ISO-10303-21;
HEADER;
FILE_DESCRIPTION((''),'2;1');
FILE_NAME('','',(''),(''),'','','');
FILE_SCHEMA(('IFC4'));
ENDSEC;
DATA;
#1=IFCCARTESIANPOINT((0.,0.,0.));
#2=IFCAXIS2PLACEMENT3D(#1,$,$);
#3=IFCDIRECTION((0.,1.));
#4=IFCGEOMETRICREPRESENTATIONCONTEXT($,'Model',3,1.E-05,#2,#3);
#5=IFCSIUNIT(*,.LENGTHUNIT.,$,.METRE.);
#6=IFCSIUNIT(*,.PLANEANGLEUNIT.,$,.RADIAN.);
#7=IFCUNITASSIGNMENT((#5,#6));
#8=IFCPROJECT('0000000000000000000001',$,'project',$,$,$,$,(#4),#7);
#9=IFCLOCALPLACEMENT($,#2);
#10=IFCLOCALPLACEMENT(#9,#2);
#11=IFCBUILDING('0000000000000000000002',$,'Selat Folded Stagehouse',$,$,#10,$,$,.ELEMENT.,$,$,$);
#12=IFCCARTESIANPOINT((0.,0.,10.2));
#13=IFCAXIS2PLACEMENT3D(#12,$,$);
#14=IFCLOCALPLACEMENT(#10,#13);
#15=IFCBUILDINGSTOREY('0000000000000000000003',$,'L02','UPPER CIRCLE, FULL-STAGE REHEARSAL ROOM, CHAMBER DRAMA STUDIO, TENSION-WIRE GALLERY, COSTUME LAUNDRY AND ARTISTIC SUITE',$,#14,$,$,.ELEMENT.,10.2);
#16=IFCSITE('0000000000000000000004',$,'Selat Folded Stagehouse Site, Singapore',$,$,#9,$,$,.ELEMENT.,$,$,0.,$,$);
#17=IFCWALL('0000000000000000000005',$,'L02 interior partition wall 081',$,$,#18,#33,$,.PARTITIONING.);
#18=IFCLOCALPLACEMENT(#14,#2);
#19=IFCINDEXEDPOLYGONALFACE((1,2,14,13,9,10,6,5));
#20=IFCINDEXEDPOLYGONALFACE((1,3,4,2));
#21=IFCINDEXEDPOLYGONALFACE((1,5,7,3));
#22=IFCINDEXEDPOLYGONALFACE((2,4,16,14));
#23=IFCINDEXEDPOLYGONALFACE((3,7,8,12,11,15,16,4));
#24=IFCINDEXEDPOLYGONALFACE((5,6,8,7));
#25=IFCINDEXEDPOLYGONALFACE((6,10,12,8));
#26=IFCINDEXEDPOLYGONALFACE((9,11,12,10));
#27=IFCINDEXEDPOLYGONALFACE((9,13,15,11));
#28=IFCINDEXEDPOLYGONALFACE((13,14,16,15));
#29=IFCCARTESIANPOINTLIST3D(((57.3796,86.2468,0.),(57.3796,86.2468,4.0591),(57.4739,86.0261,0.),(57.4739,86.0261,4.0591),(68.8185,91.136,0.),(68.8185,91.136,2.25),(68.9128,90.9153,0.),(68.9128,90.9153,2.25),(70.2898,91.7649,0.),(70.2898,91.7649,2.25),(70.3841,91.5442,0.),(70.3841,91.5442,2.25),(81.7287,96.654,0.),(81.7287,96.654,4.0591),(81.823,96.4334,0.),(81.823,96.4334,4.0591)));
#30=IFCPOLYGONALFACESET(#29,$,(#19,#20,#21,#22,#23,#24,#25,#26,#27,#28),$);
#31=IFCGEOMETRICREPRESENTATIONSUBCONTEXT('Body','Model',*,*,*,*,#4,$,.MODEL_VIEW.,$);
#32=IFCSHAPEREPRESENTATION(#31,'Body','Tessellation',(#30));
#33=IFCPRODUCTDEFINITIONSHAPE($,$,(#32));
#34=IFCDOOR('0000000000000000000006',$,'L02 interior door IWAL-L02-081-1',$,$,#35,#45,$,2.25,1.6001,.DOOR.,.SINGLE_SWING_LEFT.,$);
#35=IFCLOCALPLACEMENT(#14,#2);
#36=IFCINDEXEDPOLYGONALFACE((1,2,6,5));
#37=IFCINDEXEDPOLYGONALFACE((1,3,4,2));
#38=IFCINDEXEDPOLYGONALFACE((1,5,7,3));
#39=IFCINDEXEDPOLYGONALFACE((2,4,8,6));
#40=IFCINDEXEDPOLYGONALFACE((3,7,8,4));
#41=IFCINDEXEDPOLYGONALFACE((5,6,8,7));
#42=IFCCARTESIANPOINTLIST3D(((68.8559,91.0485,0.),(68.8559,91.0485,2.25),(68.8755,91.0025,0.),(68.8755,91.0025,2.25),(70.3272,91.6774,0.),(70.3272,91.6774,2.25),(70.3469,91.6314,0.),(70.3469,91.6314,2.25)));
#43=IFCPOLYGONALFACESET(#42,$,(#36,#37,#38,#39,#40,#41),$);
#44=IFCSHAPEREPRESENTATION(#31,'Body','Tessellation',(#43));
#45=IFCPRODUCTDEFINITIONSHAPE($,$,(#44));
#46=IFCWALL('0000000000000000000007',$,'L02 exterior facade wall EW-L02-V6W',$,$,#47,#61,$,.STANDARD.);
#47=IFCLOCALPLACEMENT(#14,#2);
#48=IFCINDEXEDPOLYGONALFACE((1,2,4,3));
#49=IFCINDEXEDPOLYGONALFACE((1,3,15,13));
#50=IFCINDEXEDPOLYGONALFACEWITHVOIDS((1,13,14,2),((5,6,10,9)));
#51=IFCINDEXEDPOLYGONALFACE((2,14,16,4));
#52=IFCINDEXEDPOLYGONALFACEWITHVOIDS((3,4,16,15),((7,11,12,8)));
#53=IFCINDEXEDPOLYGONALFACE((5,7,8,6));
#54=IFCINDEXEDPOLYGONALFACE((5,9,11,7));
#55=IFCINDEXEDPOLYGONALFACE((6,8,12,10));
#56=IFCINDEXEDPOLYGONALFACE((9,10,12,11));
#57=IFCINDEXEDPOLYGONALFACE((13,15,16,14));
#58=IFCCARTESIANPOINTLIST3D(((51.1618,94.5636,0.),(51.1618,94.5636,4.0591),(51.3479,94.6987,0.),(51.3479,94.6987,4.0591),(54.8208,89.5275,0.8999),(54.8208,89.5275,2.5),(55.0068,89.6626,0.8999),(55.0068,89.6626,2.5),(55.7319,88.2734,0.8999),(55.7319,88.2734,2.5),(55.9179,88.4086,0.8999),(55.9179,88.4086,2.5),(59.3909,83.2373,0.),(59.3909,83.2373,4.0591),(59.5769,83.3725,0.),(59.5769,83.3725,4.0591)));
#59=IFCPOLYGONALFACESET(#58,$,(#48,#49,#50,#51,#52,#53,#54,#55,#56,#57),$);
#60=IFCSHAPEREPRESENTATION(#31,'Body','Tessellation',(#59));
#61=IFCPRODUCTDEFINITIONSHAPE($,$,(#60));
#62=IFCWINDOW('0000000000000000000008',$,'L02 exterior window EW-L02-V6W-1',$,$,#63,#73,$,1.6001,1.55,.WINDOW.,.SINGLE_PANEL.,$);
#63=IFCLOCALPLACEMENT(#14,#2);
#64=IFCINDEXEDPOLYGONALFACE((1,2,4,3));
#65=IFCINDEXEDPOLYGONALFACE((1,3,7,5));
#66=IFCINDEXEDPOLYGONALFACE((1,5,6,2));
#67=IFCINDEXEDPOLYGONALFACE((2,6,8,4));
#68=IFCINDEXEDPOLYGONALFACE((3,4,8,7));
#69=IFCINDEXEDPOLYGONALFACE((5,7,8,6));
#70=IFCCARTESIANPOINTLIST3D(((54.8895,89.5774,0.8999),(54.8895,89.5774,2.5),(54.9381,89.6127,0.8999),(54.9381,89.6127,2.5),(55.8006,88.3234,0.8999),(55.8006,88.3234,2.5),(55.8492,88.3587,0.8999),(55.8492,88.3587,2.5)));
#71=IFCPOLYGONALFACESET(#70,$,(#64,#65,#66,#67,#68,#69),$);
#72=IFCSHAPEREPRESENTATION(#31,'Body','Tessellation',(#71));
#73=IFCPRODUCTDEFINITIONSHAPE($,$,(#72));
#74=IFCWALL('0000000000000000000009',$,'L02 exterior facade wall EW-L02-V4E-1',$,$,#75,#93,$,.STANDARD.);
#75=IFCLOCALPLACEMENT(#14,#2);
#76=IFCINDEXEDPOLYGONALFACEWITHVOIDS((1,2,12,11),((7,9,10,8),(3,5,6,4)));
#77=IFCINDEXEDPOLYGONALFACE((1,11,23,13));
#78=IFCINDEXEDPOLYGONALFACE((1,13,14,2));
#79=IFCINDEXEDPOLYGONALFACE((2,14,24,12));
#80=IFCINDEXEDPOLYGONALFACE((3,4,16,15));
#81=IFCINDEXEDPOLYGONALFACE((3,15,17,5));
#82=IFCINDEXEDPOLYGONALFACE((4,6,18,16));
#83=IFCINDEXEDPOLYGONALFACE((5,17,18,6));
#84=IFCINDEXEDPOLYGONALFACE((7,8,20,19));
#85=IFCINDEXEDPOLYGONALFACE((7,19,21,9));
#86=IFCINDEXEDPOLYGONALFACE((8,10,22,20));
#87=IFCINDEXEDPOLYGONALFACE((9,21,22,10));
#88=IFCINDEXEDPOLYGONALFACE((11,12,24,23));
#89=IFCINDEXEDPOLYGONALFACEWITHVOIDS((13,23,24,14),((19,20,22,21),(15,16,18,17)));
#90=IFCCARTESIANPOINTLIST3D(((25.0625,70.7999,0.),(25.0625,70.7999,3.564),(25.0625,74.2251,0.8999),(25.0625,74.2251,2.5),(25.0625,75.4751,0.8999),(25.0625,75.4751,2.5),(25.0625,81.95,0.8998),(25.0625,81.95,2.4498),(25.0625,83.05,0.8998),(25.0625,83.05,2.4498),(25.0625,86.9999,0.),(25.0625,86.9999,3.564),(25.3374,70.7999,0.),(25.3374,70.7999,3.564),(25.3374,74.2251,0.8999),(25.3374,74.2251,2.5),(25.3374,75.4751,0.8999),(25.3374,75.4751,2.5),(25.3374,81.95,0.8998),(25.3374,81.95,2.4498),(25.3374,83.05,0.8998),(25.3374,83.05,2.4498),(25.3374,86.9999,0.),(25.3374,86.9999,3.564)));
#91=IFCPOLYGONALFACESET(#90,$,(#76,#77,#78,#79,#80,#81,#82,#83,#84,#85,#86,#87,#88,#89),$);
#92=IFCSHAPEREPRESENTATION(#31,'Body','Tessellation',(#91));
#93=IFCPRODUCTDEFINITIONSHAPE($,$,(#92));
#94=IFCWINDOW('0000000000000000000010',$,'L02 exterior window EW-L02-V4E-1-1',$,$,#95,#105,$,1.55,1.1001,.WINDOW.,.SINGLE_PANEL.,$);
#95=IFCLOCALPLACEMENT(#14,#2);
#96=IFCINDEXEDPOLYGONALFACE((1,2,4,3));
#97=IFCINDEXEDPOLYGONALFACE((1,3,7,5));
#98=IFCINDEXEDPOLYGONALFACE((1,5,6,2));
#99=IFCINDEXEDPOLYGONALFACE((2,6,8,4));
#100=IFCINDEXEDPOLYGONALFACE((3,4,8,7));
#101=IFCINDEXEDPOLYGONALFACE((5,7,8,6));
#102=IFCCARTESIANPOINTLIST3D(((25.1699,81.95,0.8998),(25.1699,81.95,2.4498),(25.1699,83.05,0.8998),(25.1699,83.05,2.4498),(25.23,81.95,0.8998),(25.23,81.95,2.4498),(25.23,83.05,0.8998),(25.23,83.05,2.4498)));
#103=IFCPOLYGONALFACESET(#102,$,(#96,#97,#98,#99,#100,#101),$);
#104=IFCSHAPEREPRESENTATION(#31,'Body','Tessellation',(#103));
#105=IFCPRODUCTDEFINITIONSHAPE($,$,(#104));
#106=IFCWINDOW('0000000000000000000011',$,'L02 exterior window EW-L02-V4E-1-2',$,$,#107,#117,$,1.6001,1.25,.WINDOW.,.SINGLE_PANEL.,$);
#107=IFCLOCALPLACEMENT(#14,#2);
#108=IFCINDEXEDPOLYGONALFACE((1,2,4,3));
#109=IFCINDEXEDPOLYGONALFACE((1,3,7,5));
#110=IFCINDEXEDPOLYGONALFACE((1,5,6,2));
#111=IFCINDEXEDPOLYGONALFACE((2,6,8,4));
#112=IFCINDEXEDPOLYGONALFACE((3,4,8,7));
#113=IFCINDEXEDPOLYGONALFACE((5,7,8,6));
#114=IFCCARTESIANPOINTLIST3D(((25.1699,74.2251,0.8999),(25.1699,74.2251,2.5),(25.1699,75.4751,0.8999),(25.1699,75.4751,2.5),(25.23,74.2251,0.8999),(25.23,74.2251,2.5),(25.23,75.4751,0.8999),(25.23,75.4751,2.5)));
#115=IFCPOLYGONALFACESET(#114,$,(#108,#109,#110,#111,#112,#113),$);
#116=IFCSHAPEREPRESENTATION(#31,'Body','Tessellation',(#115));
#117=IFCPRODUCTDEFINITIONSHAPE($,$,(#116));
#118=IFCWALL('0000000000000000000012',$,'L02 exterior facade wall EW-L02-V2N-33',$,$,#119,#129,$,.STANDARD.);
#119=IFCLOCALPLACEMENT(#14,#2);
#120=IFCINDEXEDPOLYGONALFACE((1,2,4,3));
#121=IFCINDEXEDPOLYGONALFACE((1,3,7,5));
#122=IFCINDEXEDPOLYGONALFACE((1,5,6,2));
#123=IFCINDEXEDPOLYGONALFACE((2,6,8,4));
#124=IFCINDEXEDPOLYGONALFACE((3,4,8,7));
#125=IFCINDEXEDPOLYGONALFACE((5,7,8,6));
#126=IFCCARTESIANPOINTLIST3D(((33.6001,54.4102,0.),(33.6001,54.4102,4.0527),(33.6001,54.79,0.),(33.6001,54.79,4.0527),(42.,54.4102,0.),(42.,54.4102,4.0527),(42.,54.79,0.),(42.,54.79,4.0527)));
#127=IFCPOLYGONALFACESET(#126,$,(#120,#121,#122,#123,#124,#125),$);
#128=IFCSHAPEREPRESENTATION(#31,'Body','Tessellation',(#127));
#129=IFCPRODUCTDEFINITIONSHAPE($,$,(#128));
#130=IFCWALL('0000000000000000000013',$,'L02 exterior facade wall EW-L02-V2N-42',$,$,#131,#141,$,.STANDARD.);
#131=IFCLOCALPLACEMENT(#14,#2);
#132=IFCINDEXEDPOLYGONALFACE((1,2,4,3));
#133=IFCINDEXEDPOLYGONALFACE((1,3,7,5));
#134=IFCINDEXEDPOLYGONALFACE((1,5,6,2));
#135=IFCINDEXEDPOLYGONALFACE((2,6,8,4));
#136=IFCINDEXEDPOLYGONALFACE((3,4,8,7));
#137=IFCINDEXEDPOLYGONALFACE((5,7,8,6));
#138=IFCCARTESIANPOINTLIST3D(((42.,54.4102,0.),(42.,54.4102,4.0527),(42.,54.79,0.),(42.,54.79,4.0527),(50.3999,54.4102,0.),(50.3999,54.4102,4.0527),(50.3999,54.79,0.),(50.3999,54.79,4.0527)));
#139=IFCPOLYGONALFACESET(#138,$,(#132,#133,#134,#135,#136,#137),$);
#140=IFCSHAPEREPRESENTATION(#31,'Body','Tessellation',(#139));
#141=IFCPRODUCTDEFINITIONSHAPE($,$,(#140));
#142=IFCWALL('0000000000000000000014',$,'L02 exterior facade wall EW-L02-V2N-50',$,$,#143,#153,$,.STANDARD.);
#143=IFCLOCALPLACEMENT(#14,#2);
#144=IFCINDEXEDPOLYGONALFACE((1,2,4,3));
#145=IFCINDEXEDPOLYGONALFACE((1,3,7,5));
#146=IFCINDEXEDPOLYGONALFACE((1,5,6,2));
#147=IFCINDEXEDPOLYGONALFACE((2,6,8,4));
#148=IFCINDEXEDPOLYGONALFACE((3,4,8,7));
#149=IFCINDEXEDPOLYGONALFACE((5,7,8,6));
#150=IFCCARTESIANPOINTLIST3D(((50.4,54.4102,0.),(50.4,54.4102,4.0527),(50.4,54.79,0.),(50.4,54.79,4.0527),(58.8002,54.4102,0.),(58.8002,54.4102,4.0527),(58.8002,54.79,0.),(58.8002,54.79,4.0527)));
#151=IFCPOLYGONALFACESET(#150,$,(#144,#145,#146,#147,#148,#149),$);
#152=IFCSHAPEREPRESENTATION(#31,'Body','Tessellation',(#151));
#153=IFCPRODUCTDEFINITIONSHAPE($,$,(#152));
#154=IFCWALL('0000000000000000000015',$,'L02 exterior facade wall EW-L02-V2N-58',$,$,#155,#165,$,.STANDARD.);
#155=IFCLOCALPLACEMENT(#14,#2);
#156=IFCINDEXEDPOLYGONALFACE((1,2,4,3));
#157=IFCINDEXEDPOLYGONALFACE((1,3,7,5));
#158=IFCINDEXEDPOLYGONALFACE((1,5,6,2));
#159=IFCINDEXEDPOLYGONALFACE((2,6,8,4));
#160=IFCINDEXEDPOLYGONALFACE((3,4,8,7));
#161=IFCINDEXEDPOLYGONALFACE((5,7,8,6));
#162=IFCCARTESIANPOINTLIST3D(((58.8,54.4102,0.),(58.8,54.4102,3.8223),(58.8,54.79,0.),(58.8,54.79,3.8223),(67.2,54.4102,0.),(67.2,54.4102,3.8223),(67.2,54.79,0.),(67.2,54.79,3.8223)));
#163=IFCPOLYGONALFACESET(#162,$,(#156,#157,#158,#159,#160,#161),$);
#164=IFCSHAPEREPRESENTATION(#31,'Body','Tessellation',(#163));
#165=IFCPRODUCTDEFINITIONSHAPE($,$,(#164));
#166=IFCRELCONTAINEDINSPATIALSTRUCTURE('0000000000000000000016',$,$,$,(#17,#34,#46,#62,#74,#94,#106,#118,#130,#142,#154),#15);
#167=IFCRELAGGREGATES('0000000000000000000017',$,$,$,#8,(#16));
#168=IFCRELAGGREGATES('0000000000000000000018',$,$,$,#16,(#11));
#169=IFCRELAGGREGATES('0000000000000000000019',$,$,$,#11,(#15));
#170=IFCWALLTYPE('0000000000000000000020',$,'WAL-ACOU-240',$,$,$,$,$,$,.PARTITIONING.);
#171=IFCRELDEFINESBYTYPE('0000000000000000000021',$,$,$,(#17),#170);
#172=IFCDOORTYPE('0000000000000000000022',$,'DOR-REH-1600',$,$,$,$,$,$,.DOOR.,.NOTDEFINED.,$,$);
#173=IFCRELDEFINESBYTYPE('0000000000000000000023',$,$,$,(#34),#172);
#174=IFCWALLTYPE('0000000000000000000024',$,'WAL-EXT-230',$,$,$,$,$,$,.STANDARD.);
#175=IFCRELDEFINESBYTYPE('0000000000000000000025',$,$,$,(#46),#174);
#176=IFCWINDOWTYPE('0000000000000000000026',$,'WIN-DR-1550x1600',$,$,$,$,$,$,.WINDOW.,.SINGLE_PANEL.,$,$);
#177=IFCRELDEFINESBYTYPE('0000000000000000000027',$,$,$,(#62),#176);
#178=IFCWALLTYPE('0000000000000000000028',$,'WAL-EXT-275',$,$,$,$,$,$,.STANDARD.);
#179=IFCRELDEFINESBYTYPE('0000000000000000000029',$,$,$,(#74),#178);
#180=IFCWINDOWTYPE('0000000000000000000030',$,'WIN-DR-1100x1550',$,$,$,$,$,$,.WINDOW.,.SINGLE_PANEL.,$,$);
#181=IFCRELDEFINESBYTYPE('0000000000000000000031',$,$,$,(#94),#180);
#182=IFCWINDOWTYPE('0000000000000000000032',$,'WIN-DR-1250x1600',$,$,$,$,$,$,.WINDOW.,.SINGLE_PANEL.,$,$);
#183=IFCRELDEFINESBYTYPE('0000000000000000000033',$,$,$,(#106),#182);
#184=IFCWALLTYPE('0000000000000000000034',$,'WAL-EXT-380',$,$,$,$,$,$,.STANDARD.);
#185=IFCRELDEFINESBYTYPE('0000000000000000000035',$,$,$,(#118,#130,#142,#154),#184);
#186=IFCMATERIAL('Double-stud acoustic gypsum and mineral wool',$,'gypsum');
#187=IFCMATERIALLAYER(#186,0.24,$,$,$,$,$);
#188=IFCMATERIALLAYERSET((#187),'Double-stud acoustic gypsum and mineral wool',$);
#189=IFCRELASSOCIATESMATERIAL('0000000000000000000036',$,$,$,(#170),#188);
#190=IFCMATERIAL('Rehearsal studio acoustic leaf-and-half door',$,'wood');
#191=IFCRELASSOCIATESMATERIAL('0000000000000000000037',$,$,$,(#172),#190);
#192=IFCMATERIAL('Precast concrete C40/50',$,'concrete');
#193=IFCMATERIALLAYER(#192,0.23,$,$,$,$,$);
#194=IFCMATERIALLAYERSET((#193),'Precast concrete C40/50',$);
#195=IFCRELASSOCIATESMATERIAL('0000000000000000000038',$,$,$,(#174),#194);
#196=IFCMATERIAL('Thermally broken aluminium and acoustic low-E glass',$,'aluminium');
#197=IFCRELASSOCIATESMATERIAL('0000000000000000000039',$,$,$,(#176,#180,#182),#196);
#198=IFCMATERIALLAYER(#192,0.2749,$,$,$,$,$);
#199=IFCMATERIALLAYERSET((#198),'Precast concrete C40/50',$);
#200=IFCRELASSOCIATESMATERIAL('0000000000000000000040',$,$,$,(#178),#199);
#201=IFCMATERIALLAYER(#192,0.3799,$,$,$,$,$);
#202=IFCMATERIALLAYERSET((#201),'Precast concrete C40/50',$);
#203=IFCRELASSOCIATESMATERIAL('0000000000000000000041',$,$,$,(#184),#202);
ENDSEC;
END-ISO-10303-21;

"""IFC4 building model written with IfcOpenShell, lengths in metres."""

from ifc_helpers import new_model, si_unit, direction, frame, frame_2d, origin, place, context, subcontext, project, spatial, rectangle, extrude, material, layer, layer_set, type_object, element, fill, save


model = new_model("IFC4")

# Units and contexts
model_context = context("Model", 3, precision=1e-05, world=origin(), true_north=direction((0.0, 1.0)))
body_context = subcontext(model_context, "Body", "Model", "MODEL_VIEW")
ifc_project = project(units=[si_unit("LENGTHUNIT", "METRE"), si_unit("PLANEANGLEUNIT", "RADIAN")], contexts=[model_context])

# Site, building, storey
site_placement = place(None, origin())
site = spatial("IfcSite", under=ifc_project, at=site_placement, Name="Selat Folded Stagehouse Site, Singapore", CompositionType="ELEMENT", RefElevation=0.0)
building_placement = place(site_placement, origin())
building = spatial("IfcBuilding", under=site, at=building_placement, Name="Selat Folded Stagehouse", CompositionType="ELEMENT")
storey_placement = place(building_placement, frame((0.0, 0.0, 10.2)))
storey = spatial("IfcBuildingStorey", under=building, at=storey_placement, Name="L02", Description="UPPER CIRCLE, FULL-STAGE REHEARSAL ROOM, CHAMBER DRAMA STUDIO, TENSION-WIRE GALLERY, COSTUME LAUNDRY AND ARTISTIC SUITE", CompositionType="ELEMENT", Elevation=10.2)

# Wall, opening, door
ifc_material_1 = material(Name="Double-stud acoustic gypsum and mineral wool", Category="gypsum")
ifc_layer_1 = layer(ifc_material_1, 0.24)
ifc_layer_set_1 = layer_set([ifc_layer_1], Name="Double-stud acoustic gypsum and mineral wool")
wall_type_1 = type_object("IfcWallType", Name="WAL-ACOU-240", PredefinedType="PARTITIONING", material=ifc_layer_set_1)
wall_1_placement = place(storey_placement, frame((57.4268, 86.1365, 0.0), z_axis=(0.0, 0.0, 1.0), x_axis=(0.919529, 0.393022, 0.0)))
wall_1 = element("IfcWall", 1, at=wall_1_placement, inside=storey, type_object=wall_type_1, Name="L02 interior partition wall 081", PredefinedType="PARTITIONING", context=body_context, shape_type="SweptSolid", body=[
    extrude(rectangle(XDim=26.48, YDim=0.24, at=frame_2d((13.24, 0.0))), origin(), (0.0, 0.0, 1.0), 4.0591),
])
opening_1_placement = place(wall_1_placement, frame((12.4399, 0.0, 0.0)))
opening_1 = element("IfcOpeningElement", 2, at=opening_1_placement, cuts=wall_1, PredefinedType="OPENING", context=body_context, shape_type="SweptSolid", body=[
    extrude(rectangle(XDim=1.6001, YDim=2.25, at=frame_2d((0.8, 1.125))), frame((0.0, 0.1299, 0.0), z_axis=(0.0, -1.0, 0.0), x_axis=(1.0, 0.0, 0.0)), (0.0, 0.0, 1.0), 0.26),
])
ifc_material_2 = material(Name="Rehearsal studio acoustic leaf-and-half door", Category="wood")
door_type = type_object("IfcDoorType", Name="DOR-REH-1600", OperationType="NOTDEFINED", PredefinedType="DOOR", material=ifc_material_2)
door_placement = place(opening_1_placement, origin())
door = element("IfcDoor", 3, at=door_placement, inside=storey, type_object=door_type, Name="L02 interior door IWAL-L02-081-1", OperationType="SINGLE_SWING_LEFT", OverallHeight=2.25, OverallWidth=1.6001, PredefinedType="DOOR", context=body_context, shape_type="SweptSolid", body=[
    extrude(rectangle(XDim=1.6001, YDim=2.25, at=frame_2d((0.8, 1.125))), frame((0.0, 0.0249, 0.0), z_axis=(0.0, -1.0, 0.0), x_axis=(1.0, 0.0, 0.0)), (0.0, 0.0, 1.0), 0.05),
])
fill(opening_1, door)

# Wall, opening, window
ifc_material_3 = material(Name="Precast concrete C40/50", Category="concrete")
ifc_layer_2 = layer(ifc_material_3, 0.23)
ifc_layer_set_2 = layer_set([ifc_layer_2], Name="Precast concrete C40/50")
wall_type_2 = type_object("IfcWallType", Name="WAL-EXT-230", PredefinedType="STANDARD", material=ifc_layer_set_2)
wall_2_placement = place(storey_placement, frame((59.4839, 83.3049, 0.0), z_axis=(0.0, 0.0, 1.0), x_axis=(-0.587788, 0.809015, 0.0)))
wall_2 = element("IfcWall", 4, at=wall_2_placement, inside=storey, type_object=wall_type_2, Name="L02 exterior facade wall EW-L02-V6W", PredefinedType="STANDARD", context=body_context, shape_type="SweptSolid", body=[
    extrude(rectangle(XDim=14.0, YDim=0.23, at=frame_2d((7.0, 0.0))), origin(), (0.0, 0.0, 1.0), 4.0591),
])
opening_2_placement = place(wall_2_placement, frame((6.2251, 0.0, 0.8999)))
opening_2 = element("IfcOpeningElement", 5, at=opening_2_placement, cuts=wall_2, PredefinedType="OPENING", context=body_context, shape_type="SweptSolid", body=[
    extrude(rectangle(XDim=1.55, YDim=1.6001, at=frame_2d((0.7749, 0.8))), frame((0.0, 0.125, 0.0), z_axis=(0.0, -1.0, 0.0), x_axis=(1.0, 0.0, 0.0)), (0.0, 0.0, 1.0), 0.25),
])
ifc_material_4 = material(Name="Thermally broken aluminium and acoustic low-E glass", Category="aluminium")
window_type_1 = type_object("IfcWindowType", Name="WIN-DR-1550x1600", PartitioningType="SINGLE_PANEL", PredefinedType="WINDOW", material=ifc_material_4)
window_1_placement = place(opening_2_placement, origin())
window_1 = element("IfcWindow", 6, at=window_1_placement, inside=storey, type_object=window_type_1, Name="L02 exterior window EW-L02-V6W-1", OverallHeight=1.6001, OverallWidth=1.55, PartitioningType="SINGLE_PANEL", PredefinedType="WINDOW", context=body_context, shape_type="SweptSolid", body=[
    extrude(rectangle(XDim=1.55, YDim=1.6001, at=frame_2d((0.7749, 0.8))), frame((0.0, 0.03, 0.0), z_axis=(0.0, -1.0, 0.0), x_axis=(1.0, 0.0, 0.0)), (0.0, 0.0, 1.0), 0.0601),
])
fill(opening_2, window_1)

# Wall, openings, windows
ifc_layer_3 = layer(ifc_material_3, 0.2749)
ifc_layer_set_3 = layer_set([ifc_layer_3], Name="Precast concrete C40/50")
wall_type_3 = type_object("IfcWallType", Name="WAL-EXT-275", PredefinedType="STANDARD", material=ifc_layer_set_3)
wall_3_placement = place(storey_placement, frame((25.2, 87.0, 0.0), z_axis=(0.0, 0.0, 1.0), x_axis=(0.0, -1.0, 0.0)))
wall_3 = element("IfcWall", 7, at=wall_3_placement, inside=storey, type_object=wall_type_3, Name="L02 exterior facade wall EW-L02-V4E-1", PredefinedType="STANDARD", context=body_context, shape_type="SweptSolid", body=[
    extrude(rectangle(XDim=16.2, YDim=0.2749, at=frame_2d((8.1001, 0.0))), origin(), (0.0, 0.0, 1.0), 3.564),
])
opening_3_placement = place(wall_3_placement, frame((3.95, 0.0, 0.8999)))
opening_3 = element("IfcOpeningElement", 8, at=opening_3_placement, cuts=wall_3, PredefinedType="OPENING", context=body_context, shape_type="SweptSolid", body=[
    extrude(rectangle(XDim=1.1001, YDim=1.55, at=frame_2d((0.55, 0.7749))), frame((0.0, 0.1475, 0.0), z_axis=(0.0, -1.0, 0.0), x_axis=(1.0, 0.0, 0.0)), (0.0, 0.0, 1.0), 0.2949),
])
opening_4_placement = place(wall_3_placement, frame((11.5249, 0.0, 0.8999)))
opening_4 = element("IfcOpeningElement", 9, at=opening_4_placement, cuts=wall_3, PredefinedType="OPENING", context=body_context, shape_type="SweptSolid", body=[
    extrude(rectangle(XDim=1.25, YDim=1.6001, at=frame_2d((0.625, 0.8))), frame((0.0, 0.1475, 0.0), z_axis=(0.0, -1.0, 0.0), x_axis=(1.0, 0.0, 0.0)), (0.0, 0.0, 1.0), 0.2949),
])
window_type_2 = type_object("IfcWindowType", Name="WIN-DR-1100x1550", PartitioningType="SINGLE_PANEL", PredefinedType="WINDOW", material=ifc_material_4)
window_2_placement = place(opening_3_placement, origin())
window_2 = element("IfcWindow", 10, at=window_2_placement, inside=storey, type_object=window_type_2, Name="L02 exterior window EW-L02-V4E-1-1", OverallHeight=1.55, OverallWidth=1.1001, PartitioningType="SINGLE_PANEL", PredefinedType="WINDOW", context=body_context, shape_type="SweptSolid", body=[
    extrude(rectangle(XDim=1.1001, YDim=1.55, at=frame_2d((0.55, 0.7749))), frame((0.0, 0.03, 0.0), z_axis=(0.0, -1.0, 0.0), x_axis=(1.0, 0.0, 0.0)), (0.0, 0.0, 1.0), 0.0601),
])
fill(opening_3, window_2)
window_type_3 = type_object("IfcWindowType", Name="WIN-DR-1250x1600", PartitioningType="SINGLE_PANEL", PredefinedType="WINDOW", material=ifc_material_4)
window_3_placement = place(opening_4_placement, origin())
window_3 = element("IfcWindow", 11, at=window_3_placement, inside=storey, type_object=window_type_3, Name="L02 exterior window EW-L02-V4E-1-2", OverallHeight=1.6001, OverallWidth=1.25, PartitioningType="SINGLE_PANEL", PredefinedType="WINDOW", context=body_context, shape_type="SweptSolid", body=[
    extrude(rectangle(XDim=1.25, YDim=1.6001, at=frame_2d((0.625, 0.8))), frame((0.0, 0.03, 0.0), z_axis=(0.0, -1.0, 0.0), x_axis=(1.0, 0.0, 0.0)), (0.0, 0.0, 1.0), 0.0601),
])
fill(opening_4, window_3)

# Walls
ifc_layer_4 = layer(ifc_material_3, 0.3799)
ifc_layer_set_4 = layer_set([ifc_layer_4], Name="Precast concrete C40/50")
wall_type_4 = type_object("IfcWallType", Name="WAL-EXT-380", PredefinedType="STANDARD", material=ifc_layer_set_4)
for number, where, z_axis, x_axis, name in (
    (12, (33.6001, 54.6001, 0.0), (0.0, 0.0, 1.0), (1.0, 0.0, 0.0), "L02 exterior facade wall EW-L02-V2N-33"),
    (13, (42.0, 54.6001, 0.0), (0.0, 0.0, 1.0), (1.0, 0.0, 0.0), "L02 exterior facade wall EW-L02-V2N-42"),
):
    element("IfcWall", number, at=place(storey_placement, frame(where, z_axis=z_axis, x_axis=x_axis)), inside=storey, type_object=wall_type_4, Name=name, PredefinedType="STANDARD", context=body_context, shape_type="SweptSolid", body=[
        extrude(rectangle(XDim=8.3999, YDim=0.3799, at=frame_2d((4.2, 0.0))), origin(), (0.0, 0.0, 1.0), 4.0527),
    ])
wall_4_placement = place(storey_placement, frame((50.3999, 54.6001, 0.0), z_axis=(0.0, 0.0, 1.0), x_axis=(1.0, 0.0, 0.0)))
element("IfcWall", 14, at=wall_4_placement, inside=storey, type_object=wall_type_4, Name="L02 exterior facade wall EW-L02-V2N-50", PredefinedType="STANDARD", context=body_context, shape_type="SweptSolid", body=[
    extrude(rectangle(XDim=8.4001, YDim=0.3799, at=frame_2d((4.2002, 0.0))), origin(), (0.0, 0.0, 1.0), 4.0527),
])
wall_5_placement = place(storey_placement, frame((58.8, 54.6001, 0.0), z_axis=(0.0, 0.0, 1.0), x_axis=(1.0, 0.0, 0.0)))
element("IfcWall", 15, at=wall_5_placement, inside=storey, type_object=wall_type_4, Name="L02 exterior facade wall EW-L02-V2N-58", PredefinedType="STANDARD", context=body_context, shape_type="SweptSolid", body=[
    extrude(rectangle(XDim=8.3999, YDim=0.3799, at=frame_2d((4.2, 0.0))), origin(), (0.0, 0.0, 1.0), 3.8223),
])

save(model, "model.ifc")
